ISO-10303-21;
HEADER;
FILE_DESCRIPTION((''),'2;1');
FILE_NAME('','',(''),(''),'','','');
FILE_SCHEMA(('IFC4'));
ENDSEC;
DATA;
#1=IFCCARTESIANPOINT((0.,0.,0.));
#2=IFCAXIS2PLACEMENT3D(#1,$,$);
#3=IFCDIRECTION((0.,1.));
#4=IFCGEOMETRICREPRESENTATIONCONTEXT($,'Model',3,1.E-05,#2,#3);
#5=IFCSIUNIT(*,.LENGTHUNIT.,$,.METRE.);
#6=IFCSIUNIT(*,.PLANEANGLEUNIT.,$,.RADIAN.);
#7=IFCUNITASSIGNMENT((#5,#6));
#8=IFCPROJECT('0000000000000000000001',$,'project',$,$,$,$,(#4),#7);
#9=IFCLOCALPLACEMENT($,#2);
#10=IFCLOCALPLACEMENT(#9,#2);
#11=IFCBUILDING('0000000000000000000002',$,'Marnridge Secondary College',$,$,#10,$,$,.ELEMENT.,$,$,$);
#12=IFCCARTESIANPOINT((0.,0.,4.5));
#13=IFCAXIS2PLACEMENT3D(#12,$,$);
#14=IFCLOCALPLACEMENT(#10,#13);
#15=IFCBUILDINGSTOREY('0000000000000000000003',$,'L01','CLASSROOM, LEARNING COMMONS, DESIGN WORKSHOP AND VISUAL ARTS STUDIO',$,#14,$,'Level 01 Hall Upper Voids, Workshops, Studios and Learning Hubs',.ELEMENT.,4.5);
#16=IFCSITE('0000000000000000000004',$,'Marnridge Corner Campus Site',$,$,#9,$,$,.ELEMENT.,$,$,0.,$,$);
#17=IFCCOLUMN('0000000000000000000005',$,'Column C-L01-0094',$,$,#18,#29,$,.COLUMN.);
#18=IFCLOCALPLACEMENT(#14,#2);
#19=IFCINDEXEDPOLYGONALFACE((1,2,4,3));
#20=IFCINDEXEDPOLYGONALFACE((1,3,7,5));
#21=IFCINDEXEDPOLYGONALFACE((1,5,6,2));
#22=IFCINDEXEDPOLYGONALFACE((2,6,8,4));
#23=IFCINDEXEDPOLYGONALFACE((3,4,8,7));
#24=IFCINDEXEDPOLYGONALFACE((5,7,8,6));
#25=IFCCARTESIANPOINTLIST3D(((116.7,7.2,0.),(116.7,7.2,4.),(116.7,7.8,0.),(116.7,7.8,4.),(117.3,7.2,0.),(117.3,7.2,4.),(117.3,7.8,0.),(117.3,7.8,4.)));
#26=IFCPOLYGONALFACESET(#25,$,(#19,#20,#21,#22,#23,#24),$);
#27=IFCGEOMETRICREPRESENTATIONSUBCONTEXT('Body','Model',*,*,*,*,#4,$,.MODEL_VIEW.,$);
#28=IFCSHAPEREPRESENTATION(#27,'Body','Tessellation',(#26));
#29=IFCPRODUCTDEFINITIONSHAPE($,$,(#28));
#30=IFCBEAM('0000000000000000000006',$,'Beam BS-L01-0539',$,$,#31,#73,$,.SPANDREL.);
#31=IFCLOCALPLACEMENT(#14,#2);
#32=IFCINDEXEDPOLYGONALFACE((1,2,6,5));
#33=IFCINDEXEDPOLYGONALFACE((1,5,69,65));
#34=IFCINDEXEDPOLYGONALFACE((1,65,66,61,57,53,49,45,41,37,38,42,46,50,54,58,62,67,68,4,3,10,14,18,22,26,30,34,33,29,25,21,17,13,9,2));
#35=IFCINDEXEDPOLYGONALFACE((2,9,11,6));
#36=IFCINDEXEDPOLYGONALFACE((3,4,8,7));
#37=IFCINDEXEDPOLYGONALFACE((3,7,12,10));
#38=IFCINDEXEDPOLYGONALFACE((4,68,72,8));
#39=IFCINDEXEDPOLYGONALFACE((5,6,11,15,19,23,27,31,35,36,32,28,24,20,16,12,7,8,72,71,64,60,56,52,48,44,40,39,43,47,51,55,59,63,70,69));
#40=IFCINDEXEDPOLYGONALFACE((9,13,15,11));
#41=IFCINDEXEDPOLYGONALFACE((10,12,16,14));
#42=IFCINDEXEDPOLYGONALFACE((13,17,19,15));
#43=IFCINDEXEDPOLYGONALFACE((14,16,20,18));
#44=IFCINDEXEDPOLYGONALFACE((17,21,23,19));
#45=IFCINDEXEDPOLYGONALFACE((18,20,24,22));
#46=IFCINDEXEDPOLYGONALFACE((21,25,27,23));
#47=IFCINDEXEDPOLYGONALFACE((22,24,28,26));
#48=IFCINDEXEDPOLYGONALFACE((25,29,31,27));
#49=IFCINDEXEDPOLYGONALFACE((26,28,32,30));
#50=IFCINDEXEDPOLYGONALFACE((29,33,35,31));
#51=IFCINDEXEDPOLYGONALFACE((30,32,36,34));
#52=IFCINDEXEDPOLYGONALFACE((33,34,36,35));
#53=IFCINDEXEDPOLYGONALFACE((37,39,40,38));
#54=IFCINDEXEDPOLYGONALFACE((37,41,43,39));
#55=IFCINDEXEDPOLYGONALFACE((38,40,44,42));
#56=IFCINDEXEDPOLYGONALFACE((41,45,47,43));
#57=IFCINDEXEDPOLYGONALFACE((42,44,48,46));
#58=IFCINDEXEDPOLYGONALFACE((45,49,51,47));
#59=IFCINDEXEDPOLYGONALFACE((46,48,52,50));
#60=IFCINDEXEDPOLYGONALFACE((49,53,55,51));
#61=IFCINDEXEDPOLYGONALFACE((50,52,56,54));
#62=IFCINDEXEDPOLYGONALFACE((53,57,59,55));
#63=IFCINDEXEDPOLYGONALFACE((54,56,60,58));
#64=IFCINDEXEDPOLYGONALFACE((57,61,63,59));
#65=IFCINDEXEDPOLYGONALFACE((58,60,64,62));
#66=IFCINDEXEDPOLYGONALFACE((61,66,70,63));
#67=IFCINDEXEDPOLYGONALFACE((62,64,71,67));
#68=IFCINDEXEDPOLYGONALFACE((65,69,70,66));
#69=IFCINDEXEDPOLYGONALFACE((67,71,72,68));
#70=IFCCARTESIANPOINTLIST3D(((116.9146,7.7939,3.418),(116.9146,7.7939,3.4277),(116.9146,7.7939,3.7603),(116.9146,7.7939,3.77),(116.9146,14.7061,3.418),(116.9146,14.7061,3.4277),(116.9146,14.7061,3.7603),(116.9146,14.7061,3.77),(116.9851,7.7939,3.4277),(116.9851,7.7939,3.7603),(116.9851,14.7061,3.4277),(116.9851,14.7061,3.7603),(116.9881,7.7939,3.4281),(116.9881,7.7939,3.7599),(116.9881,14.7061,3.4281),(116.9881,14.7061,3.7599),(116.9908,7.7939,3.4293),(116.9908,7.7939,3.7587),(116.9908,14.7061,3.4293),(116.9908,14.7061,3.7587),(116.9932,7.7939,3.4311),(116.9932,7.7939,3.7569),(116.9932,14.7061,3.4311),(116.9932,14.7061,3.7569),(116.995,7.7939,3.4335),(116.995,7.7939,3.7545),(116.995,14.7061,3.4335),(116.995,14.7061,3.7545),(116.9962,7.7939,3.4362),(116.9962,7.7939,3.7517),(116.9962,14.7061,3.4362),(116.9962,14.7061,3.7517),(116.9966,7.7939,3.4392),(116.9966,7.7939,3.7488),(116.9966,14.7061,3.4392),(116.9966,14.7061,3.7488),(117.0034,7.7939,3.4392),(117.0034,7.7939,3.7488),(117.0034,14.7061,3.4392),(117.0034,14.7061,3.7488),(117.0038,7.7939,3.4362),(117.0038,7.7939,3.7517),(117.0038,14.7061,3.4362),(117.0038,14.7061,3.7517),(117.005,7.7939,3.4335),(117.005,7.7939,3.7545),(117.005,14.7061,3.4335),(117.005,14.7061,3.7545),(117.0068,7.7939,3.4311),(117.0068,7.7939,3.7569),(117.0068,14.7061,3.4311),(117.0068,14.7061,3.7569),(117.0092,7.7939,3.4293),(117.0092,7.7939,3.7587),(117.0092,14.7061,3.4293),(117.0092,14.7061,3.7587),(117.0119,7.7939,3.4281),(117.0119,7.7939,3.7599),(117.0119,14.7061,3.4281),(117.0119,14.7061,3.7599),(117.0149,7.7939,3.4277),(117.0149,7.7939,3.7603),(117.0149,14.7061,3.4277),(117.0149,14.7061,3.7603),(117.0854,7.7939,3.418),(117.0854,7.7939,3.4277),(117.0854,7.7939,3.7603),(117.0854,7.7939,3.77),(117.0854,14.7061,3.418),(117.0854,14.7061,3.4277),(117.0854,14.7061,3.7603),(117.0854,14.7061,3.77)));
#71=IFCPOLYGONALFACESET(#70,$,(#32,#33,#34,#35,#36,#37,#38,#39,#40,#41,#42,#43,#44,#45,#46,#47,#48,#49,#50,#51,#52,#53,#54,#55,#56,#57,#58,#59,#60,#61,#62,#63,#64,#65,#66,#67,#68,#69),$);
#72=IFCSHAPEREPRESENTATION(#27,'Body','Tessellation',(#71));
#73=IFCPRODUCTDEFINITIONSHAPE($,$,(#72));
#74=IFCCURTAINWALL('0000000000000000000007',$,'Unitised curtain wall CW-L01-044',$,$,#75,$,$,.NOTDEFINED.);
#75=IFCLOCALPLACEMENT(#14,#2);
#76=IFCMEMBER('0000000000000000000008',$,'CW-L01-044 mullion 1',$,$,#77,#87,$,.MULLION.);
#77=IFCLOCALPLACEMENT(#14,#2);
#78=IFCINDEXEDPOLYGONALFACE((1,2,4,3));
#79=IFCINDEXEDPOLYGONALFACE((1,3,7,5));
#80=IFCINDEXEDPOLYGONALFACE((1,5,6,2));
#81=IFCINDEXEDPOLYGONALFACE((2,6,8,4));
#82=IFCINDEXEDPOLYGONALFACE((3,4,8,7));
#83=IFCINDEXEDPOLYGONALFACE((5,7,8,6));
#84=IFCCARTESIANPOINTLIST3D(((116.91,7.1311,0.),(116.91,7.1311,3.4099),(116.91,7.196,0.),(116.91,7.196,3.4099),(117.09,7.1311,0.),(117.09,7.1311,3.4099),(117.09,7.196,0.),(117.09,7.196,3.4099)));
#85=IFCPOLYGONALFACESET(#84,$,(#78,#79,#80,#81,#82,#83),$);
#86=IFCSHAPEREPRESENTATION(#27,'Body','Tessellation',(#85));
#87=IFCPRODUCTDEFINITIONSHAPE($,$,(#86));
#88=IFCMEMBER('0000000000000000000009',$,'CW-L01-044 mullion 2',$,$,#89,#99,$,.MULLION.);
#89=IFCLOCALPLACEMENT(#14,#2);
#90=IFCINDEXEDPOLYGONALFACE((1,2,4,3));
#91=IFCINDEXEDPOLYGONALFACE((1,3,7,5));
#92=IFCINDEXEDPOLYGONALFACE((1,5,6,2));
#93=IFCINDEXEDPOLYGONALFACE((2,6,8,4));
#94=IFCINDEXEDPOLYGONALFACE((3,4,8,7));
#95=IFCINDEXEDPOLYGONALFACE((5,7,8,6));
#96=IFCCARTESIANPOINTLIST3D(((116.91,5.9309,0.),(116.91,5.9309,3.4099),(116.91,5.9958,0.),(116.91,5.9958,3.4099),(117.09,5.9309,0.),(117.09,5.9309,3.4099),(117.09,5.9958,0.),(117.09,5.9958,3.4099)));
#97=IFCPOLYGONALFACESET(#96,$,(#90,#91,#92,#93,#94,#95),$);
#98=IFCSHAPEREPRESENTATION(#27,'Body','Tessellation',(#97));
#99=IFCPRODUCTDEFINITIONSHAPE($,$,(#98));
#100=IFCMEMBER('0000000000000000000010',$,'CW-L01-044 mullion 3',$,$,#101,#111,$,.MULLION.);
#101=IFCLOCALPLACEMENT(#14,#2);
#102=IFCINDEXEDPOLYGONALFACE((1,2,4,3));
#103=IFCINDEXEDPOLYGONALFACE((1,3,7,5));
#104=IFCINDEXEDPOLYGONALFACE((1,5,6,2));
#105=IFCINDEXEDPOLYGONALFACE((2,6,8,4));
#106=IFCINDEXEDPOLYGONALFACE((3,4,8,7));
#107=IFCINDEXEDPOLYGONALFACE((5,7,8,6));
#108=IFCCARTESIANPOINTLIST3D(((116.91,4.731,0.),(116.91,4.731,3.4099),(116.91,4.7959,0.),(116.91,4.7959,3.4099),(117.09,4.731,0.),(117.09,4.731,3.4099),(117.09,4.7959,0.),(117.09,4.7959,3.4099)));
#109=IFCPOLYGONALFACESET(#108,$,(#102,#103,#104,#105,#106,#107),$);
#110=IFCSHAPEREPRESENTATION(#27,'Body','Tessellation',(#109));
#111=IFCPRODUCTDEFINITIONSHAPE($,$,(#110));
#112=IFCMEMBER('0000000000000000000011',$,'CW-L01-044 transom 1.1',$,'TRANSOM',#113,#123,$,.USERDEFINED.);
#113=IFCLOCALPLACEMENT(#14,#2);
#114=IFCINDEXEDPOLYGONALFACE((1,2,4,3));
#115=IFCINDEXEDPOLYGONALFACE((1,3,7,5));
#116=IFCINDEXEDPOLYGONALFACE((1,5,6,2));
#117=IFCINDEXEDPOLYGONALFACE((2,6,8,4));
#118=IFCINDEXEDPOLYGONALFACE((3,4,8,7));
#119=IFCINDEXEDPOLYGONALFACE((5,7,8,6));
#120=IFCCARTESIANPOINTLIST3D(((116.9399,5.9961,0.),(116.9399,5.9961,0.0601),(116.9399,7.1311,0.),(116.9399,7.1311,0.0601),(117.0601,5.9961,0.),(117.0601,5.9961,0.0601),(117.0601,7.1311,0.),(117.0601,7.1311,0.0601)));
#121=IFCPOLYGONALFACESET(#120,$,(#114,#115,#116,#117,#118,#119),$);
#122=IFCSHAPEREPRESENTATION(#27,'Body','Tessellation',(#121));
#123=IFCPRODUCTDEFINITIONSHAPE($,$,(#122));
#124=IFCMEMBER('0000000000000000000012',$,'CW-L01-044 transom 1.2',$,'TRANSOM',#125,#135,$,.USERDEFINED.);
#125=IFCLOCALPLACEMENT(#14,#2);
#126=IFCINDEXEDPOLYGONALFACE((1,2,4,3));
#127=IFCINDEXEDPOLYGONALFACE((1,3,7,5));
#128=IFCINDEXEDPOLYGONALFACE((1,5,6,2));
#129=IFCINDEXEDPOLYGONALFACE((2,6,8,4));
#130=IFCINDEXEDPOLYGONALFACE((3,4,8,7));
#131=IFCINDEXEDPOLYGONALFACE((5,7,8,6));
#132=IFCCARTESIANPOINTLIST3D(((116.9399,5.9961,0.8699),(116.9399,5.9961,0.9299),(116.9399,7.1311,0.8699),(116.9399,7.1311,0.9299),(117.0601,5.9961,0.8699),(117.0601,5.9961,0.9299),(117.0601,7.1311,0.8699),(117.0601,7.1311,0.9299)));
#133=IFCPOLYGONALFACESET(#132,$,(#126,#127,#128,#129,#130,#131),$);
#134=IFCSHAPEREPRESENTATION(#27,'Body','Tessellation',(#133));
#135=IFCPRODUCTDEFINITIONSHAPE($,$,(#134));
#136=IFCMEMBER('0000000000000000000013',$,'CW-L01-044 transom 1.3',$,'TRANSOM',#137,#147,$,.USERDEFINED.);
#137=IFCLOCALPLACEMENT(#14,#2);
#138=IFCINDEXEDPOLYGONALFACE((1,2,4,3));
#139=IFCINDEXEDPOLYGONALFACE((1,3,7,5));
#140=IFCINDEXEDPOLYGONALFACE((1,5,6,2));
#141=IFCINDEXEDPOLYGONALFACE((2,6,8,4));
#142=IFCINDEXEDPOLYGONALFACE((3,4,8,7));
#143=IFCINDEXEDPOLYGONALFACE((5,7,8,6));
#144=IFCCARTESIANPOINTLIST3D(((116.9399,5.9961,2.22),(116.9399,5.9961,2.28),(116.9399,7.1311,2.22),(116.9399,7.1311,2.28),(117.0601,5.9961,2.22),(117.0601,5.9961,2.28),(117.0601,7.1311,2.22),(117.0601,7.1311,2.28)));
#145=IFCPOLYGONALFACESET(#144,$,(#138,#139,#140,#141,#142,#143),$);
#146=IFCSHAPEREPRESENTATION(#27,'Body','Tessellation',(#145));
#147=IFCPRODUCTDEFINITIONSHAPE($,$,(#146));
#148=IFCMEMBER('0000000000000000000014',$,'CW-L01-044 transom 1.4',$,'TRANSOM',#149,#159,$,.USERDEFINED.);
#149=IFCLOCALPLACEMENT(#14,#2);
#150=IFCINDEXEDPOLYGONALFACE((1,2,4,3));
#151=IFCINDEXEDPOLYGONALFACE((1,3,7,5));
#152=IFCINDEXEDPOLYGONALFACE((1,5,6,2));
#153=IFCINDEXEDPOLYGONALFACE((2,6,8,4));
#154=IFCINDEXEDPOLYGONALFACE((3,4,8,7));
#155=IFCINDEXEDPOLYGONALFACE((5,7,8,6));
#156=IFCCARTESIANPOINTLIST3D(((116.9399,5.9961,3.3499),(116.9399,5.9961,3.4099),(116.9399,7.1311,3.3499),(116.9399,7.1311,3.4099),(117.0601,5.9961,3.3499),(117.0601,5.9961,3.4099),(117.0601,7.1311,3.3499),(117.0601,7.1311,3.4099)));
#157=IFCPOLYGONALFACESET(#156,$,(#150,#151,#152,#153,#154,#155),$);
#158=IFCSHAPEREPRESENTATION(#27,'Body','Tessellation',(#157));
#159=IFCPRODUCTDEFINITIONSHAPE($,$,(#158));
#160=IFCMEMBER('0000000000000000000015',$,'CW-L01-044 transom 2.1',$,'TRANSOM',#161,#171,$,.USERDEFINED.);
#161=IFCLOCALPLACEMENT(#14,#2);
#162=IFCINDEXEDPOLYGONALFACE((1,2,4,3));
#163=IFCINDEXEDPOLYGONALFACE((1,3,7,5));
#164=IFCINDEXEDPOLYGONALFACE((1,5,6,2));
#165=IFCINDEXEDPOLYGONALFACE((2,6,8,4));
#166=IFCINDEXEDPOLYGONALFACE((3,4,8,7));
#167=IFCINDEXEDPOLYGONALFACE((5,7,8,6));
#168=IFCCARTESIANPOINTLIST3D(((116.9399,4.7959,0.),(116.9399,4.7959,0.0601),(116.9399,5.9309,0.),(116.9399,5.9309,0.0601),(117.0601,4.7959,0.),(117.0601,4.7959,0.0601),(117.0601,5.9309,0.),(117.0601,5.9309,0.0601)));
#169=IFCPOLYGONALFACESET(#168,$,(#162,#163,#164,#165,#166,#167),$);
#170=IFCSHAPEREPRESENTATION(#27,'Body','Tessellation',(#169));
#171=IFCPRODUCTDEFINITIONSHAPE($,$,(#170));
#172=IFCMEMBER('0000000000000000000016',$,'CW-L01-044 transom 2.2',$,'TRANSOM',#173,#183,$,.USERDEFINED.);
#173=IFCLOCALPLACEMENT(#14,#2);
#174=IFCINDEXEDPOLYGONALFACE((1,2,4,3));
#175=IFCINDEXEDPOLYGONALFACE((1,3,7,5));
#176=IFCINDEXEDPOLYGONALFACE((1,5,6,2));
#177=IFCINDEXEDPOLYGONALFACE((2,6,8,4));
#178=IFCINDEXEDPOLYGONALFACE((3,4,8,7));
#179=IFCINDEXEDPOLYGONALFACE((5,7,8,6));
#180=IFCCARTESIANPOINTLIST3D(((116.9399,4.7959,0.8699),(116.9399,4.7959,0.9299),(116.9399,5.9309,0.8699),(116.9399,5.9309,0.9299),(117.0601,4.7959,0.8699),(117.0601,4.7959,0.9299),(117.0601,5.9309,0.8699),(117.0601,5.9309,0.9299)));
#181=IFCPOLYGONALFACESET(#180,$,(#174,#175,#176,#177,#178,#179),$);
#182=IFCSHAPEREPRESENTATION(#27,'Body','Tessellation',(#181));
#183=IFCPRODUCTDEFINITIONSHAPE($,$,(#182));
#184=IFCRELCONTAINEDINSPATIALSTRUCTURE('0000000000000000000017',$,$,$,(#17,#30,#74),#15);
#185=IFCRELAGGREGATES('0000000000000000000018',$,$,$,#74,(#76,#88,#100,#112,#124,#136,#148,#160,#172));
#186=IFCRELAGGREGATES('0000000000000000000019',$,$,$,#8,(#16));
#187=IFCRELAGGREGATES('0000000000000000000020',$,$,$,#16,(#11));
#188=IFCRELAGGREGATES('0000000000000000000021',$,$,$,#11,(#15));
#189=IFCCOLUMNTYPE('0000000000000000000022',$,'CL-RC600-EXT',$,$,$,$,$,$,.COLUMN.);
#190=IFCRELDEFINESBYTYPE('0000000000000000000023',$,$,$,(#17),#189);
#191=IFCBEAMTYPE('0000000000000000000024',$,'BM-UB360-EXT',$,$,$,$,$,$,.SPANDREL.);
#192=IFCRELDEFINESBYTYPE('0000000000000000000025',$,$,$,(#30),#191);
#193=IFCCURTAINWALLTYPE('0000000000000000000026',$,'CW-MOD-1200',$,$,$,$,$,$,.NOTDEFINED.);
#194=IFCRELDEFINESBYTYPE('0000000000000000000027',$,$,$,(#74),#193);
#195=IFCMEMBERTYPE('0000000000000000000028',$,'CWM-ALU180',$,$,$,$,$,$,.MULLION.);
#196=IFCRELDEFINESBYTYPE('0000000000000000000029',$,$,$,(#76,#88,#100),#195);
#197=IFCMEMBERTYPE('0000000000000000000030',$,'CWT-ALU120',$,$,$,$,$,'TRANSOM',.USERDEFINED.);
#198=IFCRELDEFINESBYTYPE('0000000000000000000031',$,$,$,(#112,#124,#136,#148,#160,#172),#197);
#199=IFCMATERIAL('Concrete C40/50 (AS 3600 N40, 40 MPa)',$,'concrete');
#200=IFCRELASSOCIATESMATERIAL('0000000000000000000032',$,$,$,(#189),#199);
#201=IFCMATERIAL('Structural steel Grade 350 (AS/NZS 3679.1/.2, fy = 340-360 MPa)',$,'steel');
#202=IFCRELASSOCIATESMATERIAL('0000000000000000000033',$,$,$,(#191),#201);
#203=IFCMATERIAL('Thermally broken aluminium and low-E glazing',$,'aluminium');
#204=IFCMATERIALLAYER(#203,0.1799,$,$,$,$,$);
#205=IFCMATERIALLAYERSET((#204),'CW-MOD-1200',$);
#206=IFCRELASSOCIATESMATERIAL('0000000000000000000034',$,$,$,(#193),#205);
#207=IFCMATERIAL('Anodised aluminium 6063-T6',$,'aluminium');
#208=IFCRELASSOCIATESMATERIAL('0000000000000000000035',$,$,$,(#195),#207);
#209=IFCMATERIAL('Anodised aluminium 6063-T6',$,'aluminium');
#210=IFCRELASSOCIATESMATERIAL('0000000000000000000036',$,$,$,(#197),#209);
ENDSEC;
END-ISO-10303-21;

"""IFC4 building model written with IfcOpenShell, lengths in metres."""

from ifc_helpers import new_model, si_unit, direction, frame, origin, origin_2d, place, context, subcontext, project, spatial, rectangle, i_section, extrude, material, layer, layer_set, material_profile, profile_set, type_object, element, aggregate, save


model = new_model("IFC4")

# Units and contexts
model_context = context("Model", 3, precision=1e-05, world=origin(), true_north=direction((0.0, 1.0)))
body_context = subcontext(model_context, "Body", "Model", "MODEL_VIEW")
ifc_project = project(units=[si_unit("LENGTHUNIT", "METRE"), si_unit("PLANEANGLEUNIT", "RADIAN")], contexts=[model_context])

# Site, building, storey
site_placement = place(None, origin())
site = spatial("IfcSite", under=ifc_project, at=site_placement, Name="Marnridge Corner Campus Site", CompositionType="ELEMENT", RefElevation=0.0)
building_placement = place(site_placement, origin())
building = spatial("IfcBuilding", under=site, at=building_placement, Name="Marnridge Secondary College", CompositionType="ELEMENT")
storey_placement = place(building_placement, frame((0.0, 0.0, 4.5)))
storey = spatial("IfcBuildingStorey", under=building, at=storey_placement, Name="L01", Description="CLASSROOM, LEARNING COMMONS, DESIGN WORKSHOP AND VISUAL ARTS STUDIO", LongName="Level 01 Hall Upper Voids, Workshops, Studios and Learning Hubs", CompositionType="ELEMENT", Elevation=4.5)

# Column
ifc_material_1 = material(Name="Concrete C40/50 (AS 3600 N40, 40 MPa)", Category="concrete")
ifc_material_profile_1 = material_profile(ifc_material_1, rectangle(XDim=0.6001, YDim=0.6001, at=origin_2d()), Name="RC 600x600")
ifc_profile_set_1 = profile_set([ifc_material_profile_1], Name="Concrete C40/50 (AS 3600 N40, 40 MPa)")
column_type = type_object("IfcColumnType", Name="CL-RC600-EXT", PredefinedType="COLUMN", material=ifc_profile_set_1)
column_placement = place(storey_placement, frame((117.0, 7.5, 0.0), z_axis=(0.0, 0.0, 1.0), x_axis=(1.0, 0.0, 0.0)))
element("IfcColumn", 1, at=column_placement, inside=storey, type_object=column_type, Name="Column C-L01-0094", PredefinedType="COLUMN", context=body_context, shape_type="SweptSolid", body=[
    extrude(rectangle(XDim=0.6001, YDim=0.6001, at=origin_2d()), origin(), (0.0, 0.0, 1.0), 4.0),
])

# Beam
ifc_material_2 = material(Name="Structural steel Grade 350 (AS/NZS 3679.1/.2, fy = 340-360 MPa)", Category="steel")
ifc_material_profile_2 = material_profile(ifc_material_2, i_section(OverallWidth=0.1709, OverallDepth=0.3521, WebThickness=0.0068, FlangeThickness=0.0098, FilletRadius=0.0115, at=origin_2d()), Name="360UB44.7")
ifc_profile_set_2 = profile_set([ifc_material_profile_2], Name="Structural steel Grade 350 (AS/NZS 3679.1/.2, fy = 340-360 MPa)")
beam_type = type_object("IfcBeamType", Name="BM-UB360-EXT", PredefinedType="SPANDREL", material=ifc_profile_set_2)
beam_placement = place(storey_placement, frame((117.0, 7.7939, 3.594), z_axis=(0.0, 1.0, 0.0), x_axis=(-1.0, 0.0, 0.0)))
element("IfcBeam", 2, at=beam_placement, inside=storey, type_object=beam_type, Name="Beam BS-L01-0539", PredefinedType="SPANDREL", context=body_context, shape_type="SweptSolid", body=[
    extrude(i_section(OverallWidth=0.1709, OverallDepth=0.3521, WebThickness=0.0068, FlangeThickness=0.0098, FilletRadius=0.0115, at=origin_2d()), origin(), (0.0, 0.0, 1.0), 6.9121),
])

# Curtain wall, members
ifc_material_3 = material(Name="Thermally broken aluminium and low-E glazing", Category="aluminium")
ifc_layer_1 = layer(ifc_material_3, 0.1799)
ifc_layer_set_1 = layer_set([ifc_layer_1], Name="CW-MOD-1200")
curtain_wall_type = type_object("IfcCurtainWallType", Name="CW-MOD-1200", PredefinedType="NOTDEFINED", material=ifc_layer_set_1)
curtain_wall_placement = place(storey_placement, origin())
curtain_wall = element("IfcCurtainWall", 3, at=curtain_wall_placement, inside=storey, type_object=curtain_wall_type, Name="Unitised curtain wall CW-L01-044", PredefinedType="NOTDEFINED")
ifc_material_4 = material(Name="Anodised aluminium 6063-T6", Category="aluminium")
ifc_material_profile_3 = material_profile(ifc_material_4, rectangle(XDim=0.0649, YDim=0.1799, at=origin_2d()), Name="ALU 65x180")
ifc_profile_set_3 = profile_set([ifc_material_profile_3], Name="Anodised aluminium 6063-T6")
member_type_1 = type_object("IfcMemberType", Name="CWM-ALU180", PredefinedType="MULLION", material=ifc_profile_set_3)
member_1_placement = place(storey_placement, frame((117.0, 7.1636, 0.0), z_axis=(0.0, 0.0, 1.0), x_axis=(0.0, -1.0, 0.0)))
member_1 = element("IfcMember", 4, at=member_1_placement, type_object=member_type_1, Name="CW-L01-044 mullion 1", PredefinedType="MULLION", context=body_context, shape_type="SweptSolid", body=[
    extrude(rectangle(XDim=0.0649, YDim=0.1799, at=origin_2d()), origin(), (0.0, 0.0, 1.0), 3.4099),
])
member_2_placement = place(storey_placement, frame((117.0, 5.9634, 0.0), z_axis=(0.0, 0.0, 1.0), x_axis=(0.0, -1.0, 0.0)))
member_2 = element("IfcMember", 5, at=member_2_placement, type_object=member_type_1, Name="CW-L01-044 mullion 2", PredefinedType="MULLION", context=body_context, shape_type="SweptSolid", body=[
    extrude(rectangle(XDim=0.0649, YDim=0.1799, at=origin_2d()), origin(), (0.0, 0.0, 1.0), 3.4099),
])
member_3_placement = place(storey_placement, frame((117.0, 4.7634, 0.0), z_axis=(0.0, 0.0, 1.0), x_axis=(0.0, -1.0, 0.0)))
member_3 = element("IfcMember", 6, at=member_3_placement, type_object=member_type_1, Name="CW-L01-044 mullion 3", PredefinedType="MULLION", context=body_context, shape_type="SweptSolid", body=[
    extrude(rectangle(XDim=0.0649, YDim=0.1799, at=origin_2d()), origin(), (0.0, 0.0, 1.0), 3.4099),
])
ifc_material_5 = material(Name="Anodised aluminium 6063-T6", Category="aluminium")
ifc_material_profile_4 = material_profile(ifc_material_5, rectangle(XDim=0.0601, YDim=0.1201, at=origin_2d()), Name="ALU 60x120")
ifc_profile_set_4 = profile_set([ifc_material_profile_4], Name="Anodised aluminium 6063-T6")
member_type_2 = type_object("IfcMemberType", Name="CWT-ALU120", ElementType="TRANSOM", PredefinedType="USERDEFINED", material=ifc_profile_set_4)
member_4_placement = place(storey_placement, frame((117.0, 7.1311, 0.03), z_axis=(0.0, -1.0, 0.0), x_axis=(0.0, 0.0, 1.0)))
member_4 = element("IfcMember", 7, at=member_4_placement, type_object=member_type_2, Name="CW-L01-044 transom 1.1", ObjectType="TRANSOM", PredefinedType="USERDEFINED", context=body_context, shape_type="SweptSolid", body=[
    extrude(rectangle(XDim=0.0601, YDim=0.1201, at=origin_2d()), origin(), (0.0, 0.0, 1.0), 1.135),
])
member_5_placement = place(storey_placement, frame((117.0, 7.1311, 0.8999), z_axis=(0.0, -1.0, 0.0), x_axis=(0.0, 0.0, 1.0)))
member_5 = element("IfcMember", 8, at=member_5_placement, type_object=member_type_2, Name="CW-L01-044 transom 1.2", ObjectType="TRANSOM", PredefinedType="USERDEFINED", context=body_context, shape_type="SweptSolid", body=[
    extrude(rectangle(XDim=0.0601, YDim=0.1201, at=origin_2d()), origin(), (0.0, 0.0, 1.0), 1.135),
])
member_6_placement = place(storey_placement, frame((117.0, 7.1311, 2.25), z_axis=(0.0, -1.0, 0.0), x_axis=(0.0, 0.0, 1.0)))
member_6 = element("IfcMember", 9, at=member_6_placement, type_object=member_type_2, Name="CW-L01-044 transom 1.3", ObjectType="TRANSOM", PredefinedType="USERDEFINED", context=body_context, shape_type="SweptSolid", body=[
    extrude(rectangle(XDim=0.0601, YDim=0.1201, at=origin_2d()), origin(), (0.0, 0.0, 1.0), 1.135),
])
member_7_placement = place(storey_placement, frame((117.0, 7.1311, 3.3799), z_axis=(0.0, -1.0, 0.0), x_axis=(0.0, 0.0, 1.0)))
member_7 = element("IfcMember", 10, at=member_7_placement, type_object=member_type_2, Name="CW-L01-044 transom 1.4", ObjectType="TRANSOM", PredefinedType="USERDEFINED", context=body_context, shape_type="SweptSolid", body=[
    extrude(rectangle(XDim=0.0601, YDim=0.1201, at=origin_2d()), origin(), (0.0, 0.0, 1.0), 1.135),
])
member_8_placement = place(storey_placement, frame((117.0, 5.9309, 0.03), z_axis=(0.0, -1.0, 0.0), x_axis=(0.0, 0.0, 1.0)))
member_8 = element("IfcMember", 11, at=member_8_placement, type_object=member_type_2, Name="CW-L01-044 transom 2.1", ObjectType="TRANSOM", PredefinedType="USERDEFINED", context=body_context, shape_type="SweptSolid", body=[
    extrude(rectangle(XDim=0.0601, YDim=0.1201, at=origin_2d()), origin(), (0.0, 0.0, 1.0), 1.135),
])
member_9_placement = place(storey_placement, frame((117.0, 5.9309, 0.8999), z_axis=(0.0, -1.0, 0.0), x_axis=(0.0, 0.0, 1.0)))
member_9 = element("IfcMember", 12, at=member_9_placement, type_object=member_type_2, Name="CW-L01-044 transom 2.2", ObjectType="TRANSOM", PredefinedType="USERDEFINED", context=body_context, shape_type="SweptSolid", body=[
    extrude(rectangle(XDim=0.0601, YDim=0.1201, at=origin_2d()), origin(), (0.0, 0.0, 1.0), 1.135),
])
aggregate(curtain_wall, [member_1, member_2, member_3, member_4, member_5, member_6, member_7, member_8, member_9])

save(model, "model.ifc")
